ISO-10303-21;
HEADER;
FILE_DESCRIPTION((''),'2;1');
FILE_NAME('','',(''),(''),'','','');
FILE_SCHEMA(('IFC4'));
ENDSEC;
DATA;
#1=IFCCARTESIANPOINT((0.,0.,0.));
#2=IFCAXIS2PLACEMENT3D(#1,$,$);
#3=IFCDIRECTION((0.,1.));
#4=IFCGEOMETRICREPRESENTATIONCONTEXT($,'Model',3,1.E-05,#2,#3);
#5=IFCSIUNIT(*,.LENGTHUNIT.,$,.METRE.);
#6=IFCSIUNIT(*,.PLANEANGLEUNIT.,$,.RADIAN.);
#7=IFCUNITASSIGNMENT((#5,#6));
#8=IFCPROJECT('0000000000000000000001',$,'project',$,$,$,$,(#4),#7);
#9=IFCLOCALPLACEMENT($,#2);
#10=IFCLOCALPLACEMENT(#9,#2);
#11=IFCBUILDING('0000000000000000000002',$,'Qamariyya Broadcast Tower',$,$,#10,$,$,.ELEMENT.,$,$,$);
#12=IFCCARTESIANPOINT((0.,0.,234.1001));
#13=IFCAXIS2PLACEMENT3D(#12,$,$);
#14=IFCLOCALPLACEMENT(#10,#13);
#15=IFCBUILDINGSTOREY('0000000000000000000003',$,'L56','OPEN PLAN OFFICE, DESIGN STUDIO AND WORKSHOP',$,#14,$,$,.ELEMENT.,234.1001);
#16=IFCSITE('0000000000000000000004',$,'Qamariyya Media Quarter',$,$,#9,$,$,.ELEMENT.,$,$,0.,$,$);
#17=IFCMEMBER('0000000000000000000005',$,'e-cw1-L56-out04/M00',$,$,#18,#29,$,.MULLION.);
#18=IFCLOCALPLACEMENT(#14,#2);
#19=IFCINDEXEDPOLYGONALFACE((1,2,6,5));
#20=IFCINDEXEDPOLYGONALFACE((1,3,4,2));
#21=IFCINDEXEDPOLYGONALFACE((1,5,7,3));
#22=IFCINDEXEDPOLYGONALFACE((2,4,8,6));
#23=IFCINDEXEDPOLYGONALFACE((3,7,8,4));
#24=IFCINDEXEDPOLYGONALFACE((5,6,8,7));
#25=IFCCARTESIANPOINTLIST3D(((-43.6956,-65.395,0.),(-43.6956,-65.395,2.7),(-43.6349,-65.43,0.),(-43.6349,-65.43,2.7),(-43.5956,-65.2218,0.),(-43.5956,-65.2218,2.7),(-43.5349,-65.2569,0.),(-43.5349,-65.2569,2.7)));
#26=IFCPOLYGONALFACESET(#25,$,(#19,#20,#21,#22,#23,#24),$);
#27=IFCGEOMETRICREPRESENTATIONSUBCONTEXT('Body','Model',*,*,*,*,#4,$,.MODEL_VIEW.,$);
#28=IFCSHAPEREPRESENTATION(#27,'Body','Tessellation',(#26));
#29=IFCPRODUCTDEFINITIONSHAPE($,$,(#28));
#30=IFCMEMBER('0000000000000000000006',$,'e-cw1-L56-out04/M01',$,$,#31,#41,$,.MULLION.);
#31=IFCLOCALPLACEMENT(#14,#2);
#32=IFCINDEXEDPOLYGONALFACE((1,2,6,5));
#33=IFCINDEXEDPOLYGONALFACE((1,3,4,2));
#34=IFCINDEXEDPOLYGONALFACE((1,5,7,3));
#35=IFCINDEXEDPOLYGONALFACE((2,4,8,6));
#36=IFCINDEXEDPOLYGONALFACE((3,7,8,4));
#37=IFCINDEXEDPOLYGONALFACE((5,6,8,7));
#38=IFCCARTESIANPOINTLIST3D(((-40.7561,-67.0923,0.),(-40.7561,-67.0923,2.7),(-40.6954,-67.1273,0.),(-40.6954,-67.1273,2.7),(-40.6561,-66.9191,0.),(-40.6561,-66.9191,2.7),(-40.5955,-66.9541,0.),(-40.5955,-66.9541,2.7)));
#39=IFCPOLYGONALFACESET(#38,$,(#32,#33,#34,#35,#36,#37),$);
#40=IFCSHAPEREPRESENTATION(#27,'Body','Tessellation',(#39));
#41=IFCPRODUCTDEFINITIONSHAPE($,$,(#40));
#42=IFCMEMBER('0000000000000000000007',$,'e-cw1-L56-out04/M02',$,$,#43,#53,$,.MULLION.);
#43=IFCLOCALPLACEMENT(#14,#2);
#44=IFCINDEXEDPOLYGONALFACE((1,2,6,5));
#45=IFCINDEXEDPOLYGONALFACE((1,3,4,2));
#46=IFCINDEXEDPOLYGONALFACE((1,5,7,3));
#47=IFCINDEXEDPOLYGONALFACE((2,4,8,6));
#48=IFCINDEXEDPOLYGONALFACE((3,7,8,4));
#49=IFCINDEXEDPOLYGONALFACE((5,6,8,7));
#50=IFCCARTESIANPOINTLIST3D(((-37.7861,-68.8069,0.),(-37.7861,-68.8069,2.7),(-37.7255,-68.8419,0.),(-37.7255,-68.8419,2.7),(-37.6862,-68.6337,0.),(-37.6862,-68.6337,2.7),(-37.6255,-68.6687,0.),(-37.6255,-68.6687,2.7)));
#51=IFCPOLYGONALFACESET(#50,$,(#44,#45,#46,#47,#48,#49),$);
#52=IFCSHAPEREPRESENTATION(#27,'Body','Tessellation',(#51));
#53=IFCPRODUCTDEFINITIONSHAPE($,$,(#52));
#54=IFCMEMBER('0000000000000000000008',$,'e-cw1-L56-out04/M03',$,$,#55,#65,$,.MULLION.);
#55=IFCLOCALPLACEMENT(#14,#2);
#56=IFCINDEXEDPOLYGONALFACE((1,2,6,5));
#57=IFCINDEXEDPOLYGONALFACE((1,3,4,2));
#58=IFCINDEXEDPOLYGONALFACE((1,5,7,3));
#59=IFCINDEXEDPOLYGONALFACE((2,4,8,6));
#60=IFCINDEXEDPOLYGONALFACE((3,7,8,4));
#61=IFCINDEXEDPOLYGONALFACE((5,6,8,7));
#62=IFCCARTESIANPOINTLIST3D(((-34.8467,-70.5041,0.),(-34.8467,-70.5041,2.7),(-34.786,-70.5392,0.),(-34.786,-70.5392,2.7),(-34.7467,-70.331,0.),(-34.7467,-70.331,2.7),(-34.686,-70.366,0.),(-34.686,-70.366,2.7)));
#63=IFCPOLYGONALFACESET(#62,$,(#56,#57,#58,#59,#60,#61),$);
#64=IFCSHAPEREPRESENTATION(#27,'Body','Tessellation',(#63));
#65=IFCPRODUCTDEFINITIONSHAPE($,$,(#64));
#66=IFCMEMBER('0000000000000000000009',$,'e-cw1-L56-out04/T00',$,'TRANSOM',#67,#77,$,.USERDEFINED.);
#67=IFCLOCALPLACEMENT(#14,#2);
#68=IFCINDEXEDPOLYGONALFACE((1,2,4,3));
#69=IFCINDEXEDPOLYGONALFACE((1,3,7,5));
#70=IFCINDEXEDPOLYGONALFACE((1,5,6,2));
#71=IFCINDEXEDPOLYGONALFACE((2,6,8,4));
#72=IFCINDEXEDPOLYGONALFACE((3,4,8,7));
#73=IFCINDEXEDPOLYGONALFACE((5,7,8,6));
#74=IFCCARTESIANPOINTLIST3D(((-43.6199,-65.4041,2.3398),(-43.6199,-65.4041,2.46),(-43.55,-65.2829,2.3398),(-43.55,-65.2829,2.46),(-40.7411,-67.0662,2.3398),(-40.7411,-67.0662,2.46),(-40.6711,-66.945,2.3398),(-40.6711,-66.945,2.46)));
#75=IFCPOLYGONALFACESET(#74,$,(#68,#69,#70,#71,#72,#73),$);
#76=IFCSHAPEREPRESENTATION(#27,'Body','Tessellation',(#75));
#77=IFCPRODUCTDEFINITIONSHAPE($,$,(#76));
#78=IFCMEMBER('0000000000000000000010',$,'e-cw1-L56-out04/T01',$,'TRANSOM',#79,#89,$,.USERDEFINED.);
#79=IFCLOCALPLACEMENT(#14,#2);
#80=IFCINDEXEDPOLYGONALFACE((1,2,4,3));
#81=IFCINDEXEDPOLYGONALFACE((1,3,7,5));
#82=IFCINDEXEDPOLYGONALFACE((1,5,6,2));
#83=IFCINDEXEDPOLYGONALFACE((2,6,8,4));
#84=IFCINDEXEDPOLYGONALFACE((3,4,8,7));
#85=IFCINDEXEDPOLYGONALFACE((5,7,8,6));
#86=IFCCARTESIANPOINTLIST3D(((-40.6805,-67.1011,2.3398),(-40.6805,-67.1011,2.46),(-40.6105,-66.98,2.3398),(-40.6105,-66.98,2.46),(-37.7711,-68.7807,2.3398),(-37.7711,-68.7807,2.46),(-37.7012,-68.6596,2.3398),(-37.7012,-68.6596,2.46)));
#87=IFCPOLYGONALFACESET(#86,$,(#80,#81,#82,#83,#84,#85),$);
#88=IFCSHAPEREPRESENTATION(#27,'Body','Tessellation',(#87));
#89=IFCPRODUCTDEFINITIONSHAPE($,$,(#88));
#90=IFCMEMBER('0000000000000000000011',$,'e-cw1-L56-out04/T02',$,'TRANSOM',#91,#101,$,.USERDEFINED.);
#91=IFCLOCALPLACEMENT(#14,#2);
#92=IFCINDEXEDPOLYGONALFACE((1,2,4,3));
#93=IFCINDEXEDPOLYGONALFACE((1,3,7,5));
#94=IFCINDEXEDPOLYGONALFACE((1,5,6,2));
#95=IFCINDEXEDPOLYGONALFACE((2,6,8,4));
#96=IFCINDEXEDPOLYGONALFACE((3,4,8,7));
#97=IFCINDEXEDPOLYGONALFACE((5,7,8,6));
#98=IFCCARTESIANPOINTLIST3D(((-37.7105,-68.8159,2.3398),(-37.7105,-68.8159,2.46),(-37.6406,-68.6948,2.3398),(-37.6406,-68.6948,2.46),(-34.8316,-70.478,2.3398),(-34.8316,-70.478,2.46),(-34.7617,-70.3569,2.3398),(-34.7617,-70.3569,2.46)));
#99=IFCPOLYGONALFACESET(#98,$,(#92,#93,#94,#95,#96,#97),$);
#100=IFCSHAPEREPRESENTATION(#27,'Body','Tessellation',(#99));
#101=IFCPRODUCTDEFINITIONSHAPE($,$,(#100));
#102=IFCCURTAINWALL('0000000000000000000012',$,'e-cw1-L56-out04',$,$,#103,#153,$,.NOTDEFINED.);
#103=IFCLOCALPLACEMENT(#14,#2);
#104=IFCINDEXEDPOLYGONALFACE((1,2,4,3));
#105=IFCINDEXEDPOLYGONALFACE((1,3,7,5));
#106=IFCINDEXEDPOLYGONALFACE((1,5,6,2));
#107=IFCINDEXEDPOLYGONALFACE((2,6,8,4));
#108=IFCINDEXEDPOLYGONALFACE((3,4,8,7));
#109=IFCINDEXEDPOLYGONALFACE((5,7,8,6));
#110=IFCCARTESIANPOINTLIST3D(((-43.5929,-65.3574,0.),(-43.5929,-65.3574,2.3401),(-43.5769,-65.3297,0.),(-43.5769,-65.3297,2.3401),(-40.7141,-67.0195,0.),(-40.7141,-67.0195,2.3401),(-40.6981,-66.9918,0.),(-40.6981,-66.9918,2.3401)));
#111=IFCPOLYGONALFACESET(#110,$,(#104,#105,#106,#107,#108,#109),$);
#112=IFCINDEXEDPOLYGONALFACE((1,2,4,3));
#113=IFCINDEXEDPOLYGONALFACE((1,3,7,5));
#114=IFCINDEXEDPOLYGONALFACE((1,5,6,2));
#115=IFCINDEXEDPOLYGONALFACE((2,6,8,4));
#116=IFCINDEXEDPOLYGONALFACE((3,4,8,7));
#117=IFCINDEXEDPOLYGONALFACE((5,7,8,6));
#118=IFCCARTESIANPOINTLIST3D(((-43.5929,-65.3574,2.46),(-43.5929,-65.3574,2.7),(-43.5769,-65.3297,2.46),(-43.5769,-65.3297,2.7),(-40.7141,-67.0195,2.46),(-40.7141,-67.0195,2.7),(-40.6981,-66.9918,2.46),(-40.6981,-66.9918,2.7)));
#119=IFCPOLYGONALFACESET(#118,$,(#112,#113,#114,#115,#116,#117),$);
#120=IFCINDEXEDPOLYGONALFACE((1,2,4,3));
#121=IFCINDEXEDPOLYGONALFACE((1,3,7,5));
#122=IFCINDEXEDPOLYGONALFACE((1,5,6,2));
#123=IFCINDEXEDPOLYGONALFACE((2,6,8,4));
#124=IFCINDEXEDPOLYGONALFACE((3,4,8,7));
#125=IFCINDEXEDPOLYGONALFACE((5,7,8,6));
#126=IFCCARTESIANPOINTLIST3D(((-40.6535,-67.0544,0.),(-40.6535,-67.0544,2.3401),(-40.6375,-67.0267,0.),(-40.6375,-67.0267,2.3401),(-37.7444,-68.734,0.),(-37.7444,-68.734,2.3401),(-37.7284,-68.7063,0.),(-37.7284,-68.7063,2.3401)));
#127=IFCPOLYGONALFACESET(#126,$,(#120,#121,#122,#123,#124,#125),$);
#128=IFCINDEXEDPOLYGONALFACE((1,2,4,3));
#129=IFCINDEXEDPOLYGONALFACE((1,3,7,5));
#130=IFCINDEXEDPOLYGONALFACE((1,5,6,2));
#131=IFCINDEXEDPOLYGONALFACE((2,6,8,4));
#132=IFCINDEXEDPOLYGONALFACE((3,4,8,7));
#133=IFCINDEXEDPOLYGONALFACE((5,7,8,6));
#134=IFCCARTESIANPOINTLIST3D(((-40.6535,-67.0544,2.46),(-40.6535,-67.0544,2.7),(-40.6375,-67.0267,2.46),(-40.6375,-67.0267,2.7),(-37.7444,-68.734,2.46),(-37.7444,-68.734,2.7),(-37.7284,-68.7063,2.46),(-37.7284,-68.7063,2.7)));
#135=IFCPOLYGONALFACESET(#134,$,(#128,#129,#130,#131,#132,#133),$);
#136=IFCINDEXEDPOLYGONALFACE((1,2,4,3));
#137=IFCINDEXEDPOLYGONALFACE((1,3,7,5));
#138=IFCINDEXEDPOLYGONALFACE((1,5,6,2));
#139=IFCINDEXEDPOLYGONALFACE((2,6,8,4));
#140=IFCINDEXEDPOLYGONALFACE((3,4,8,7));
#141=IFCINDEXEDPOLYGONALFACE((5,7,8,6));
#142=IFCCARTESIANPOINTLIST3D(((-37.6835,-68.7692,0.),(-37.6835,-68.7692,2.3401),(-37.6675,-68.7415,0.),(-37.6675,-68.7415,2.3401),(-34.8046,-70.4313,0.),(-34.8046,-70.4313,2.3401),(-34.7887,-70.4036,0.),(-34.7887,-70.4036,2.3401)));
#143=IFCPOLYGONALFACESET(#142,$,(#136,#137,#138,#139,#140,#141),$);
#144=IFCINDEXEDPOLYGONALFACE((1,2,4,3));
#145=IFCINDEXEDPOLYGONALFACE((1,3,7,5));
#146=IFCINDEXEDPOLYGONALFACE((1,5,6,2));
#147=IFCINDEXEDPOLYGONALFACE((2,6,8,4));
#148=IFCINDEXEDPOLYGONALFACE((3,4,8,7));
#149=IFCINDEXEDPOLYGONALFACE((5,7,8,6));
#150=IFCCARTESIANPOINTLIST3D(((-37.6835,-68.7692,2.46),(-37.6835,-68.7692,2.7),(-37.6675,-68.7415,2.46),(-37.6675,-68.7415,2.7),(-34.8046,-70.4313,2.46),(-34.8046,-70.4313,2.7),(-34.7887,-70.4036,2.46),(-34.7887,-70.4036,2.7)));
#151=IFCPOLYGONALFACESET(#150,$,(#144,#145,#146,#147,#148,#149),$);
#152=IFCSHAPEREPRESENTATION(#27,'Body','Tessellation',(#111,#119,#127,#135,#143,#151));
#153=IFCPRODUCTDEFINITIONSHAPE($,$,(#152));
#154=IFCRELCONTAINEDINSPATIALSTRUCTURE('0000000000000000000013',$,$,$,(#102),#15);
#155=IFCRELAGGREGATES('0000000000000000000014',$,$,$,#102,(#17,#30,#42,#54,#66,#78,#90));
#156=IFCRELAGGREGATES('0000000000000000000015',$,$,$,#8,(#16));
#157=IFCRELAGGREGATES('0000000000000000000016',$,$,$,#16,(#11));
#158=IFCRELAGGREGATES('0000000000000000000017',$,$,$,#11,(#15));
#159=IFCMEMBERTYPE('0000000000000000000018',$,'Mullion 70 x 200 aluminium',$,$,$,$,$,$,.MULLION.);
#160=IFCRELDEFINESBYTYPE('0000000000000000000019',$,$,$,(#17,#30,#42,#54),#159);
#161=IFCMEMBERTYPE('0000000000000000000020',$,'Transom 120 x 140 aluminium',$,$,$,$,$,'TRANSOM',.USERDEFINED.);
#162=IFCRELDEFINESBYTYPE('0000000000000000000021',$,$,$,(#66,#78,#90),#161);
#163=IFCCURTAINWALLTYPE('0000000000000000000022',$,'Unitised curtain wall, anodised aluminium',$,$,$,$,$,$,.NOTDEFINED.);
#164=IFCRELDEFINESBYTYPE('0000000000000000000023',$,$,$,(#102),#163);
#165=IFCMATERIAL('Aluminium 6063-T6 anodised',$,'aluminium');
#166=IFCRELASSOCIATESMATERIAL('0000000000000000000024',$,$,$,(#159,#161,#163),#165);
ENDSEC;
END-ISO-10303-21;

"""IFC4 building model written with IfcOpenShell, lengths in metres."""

from ifc_helpers import new_model, si_unit, direction, frame, origin, origin_2d, place, context, subcontext, project, spatial, rectangle, extrude, material, material_profile, profile_set, type_object, element, aggregate, save


model = new_model("IFC4")

# Units and contexts
model_context = context("Model", 3, precision=1e-05, world=origin(), true_north=direction((0.0, 1.0)))
body_context = subcontext(model_context, "Body", "Model", "MODEL_VIEW")
ifc_project = project(units=[si_unit("LENGTHUNIT", "METRE"), si_unit("PLANEANGLEUNIT", "RADIAN")], contexts=[model_context])

# Members
ifc_material = material(Name="Aluminium 6063-T6 anodised", Category="aluminium")
ifc_material_profile_1 = material_profile(ifc_material, rectangle(XDim=0.2, YDim=0.0701, at=origin_2d()))
ifc_profile_set_1 = profile_set([ifc_material_profile_1], Name="Aluminium 6063-T6 anodised")
member_type_1 = type_object("IfcMemberType", Name="Mullion 70 x 200 aluminium", PredefinedType="MULLION", material=ifc_profile_set_1)
site_placement = place(None, origin())
building_placement = place(site_placement, origin())
storey_placement = place(building_placement, frame((0.0, 0.0, 234.1001)))
member_1_placement = place(storey_placement, frame((-43.6152, -65.3259, 0.0), z_axis=(0.0, 0.0, 1.0), x_axis=(0.5, 0.866025, 0.0)))
member_1 = element("IfcMember", 1, at=member_1_placement, type_object=member_type_1, Name="e-cw1-L56-out04/M00", PredefinedType="MULLION", context=body_context, shape_type="SweptSolid", body=[
    extrude(rectangle(XDim=0.2, YDim=0.0701, at=origin_2d()), origin(), (0.0, 0.0, 1.0), 2.7),
])
member_2_placement = place(storey_placement, frame((-40.6758, -67.0232, 0.0), z_axis=(0.0, 0.0, 1.0), x_axis=(0.5, 0.866025, 0.0)))
member_2 = element("IfcMember", 2, at=member_2_placement, type_object=member_type_1, Name="e-cw1-L56-out04/M01", PredefinedType="MULLION", context=body_context, shape_type="SweptSolid", body=[
    extrude(rectangle(XDim=0.2, YDim=0.0701, at=origin_2d()), origin(), (0.0, 0.0, 1.0), 2.7),
])
member_3_placement = place(storey_placement, frame((-37.7058, -68.7378, 0.0), z_axis=(0.0, 0.0, 1.0), x_axis=(0.5, 0.866025, 0.0)))
member_3 = element("IfcMember", 3, at=member_3_placement, type_object=member_type_1, Name="e-cw1-L56-out04/M02", PredefinedType="MULLION", context=body_context, shape_type="SweptSolid", body=[
    extrude(rectangle(XDim=0.2, YDim=0.0701, at=origin_2d()), origin(), (0.0, 0.0, 1.0), 2.7),
])
member_4_placement = place(storey_placement, frame((-34.7664, -70.4351, 0.0), z_axis=(0.0, 0.0, 1.0), x_axis=(0.5, 0.866025, 0.0)))
member_4 = element("IfcMember", 4, at=member_4_placement, type_object=member_type_1, Name="e-cw1-L56-out04/M03", PredefinedType="MULLION", context=body_context, shape_type="SweptSolid", body=[
    extrude(rectangle(XDim=0.2, YDim=0.0701, at=origin_2d()), origin(), (0.0, 0.0, 1.0), 2.7),
])
ifc_material_profile_2 = material_profile(ifc_material, rectangle(XDim=0.1399, YDim=0.1201, at=origin_2d()))
ifc_profile_set_2 = profile_set([ifc_material_profile_2], Name="Aluminium 6063-T6 anodised")
member_type_2 = type_object("IfcMemberType", Name="Transom 120 x 140 aluminium", ElementType="TRANSOM", PredefinedType="USERDEFINED", material=ifc_profile_set_2)
member_5_placement = place(storey_placement, frame((-43.585, -65.3435, 2.3999), z_axis=(0.866029, -0.499994, 0.0), x_axis=(0.499994, 0.866029, 0.0)))
member_5 = element("IfcMember", 5, at=member_5_placement, type_object=member_type_2, Name="e-cw1-L56-out04/T00", ObjectType="TRANSOM", PredefinedType="USERDEFINED", context=body_context, shape_type="SweptSolid", body=[
    extrude(rectangle(XDim=0.1399, YDim=0.1201, at=origin_2d()), origin(), (0.0, 0.0, 1.0), 3.3242),
])
member_6_placement = place(storey_placement, frame((-40.6455, -67.0405, 2.3999), z_axis=(0.866034, -0.499985, 0.0), x_axis=(0.499985, 0.866034, 0.0)))
member_6 = element("IfcMember", 6, at=member_6_placement, type_object=member_type_2, Name="e-cw1-L56-out04/T01", ObjectType="TRANSOM", PredefinedType="USERDEFINED", context=body_context, shape_type="SweptSolid", body=[
    extrude(rectangle(XDim=0.1399, YDim=0.1201, at=origin_2d()), origin(), (0.0, 0.0, 1.0), 3.3594),
])
member_7_placement = place(storey_placement, frame((-37.6755, -68.7554, 2.3999), z_axis=(0.866029, -0.499994, 0.0), x_axis=(0.499994, 0.866029, 0.0)))
member_7 = element("IfcMember", 7, at=member_7_placement, type_object=member_type_2, Name="e-cw1-L56-out04/T02", ObjectType="TRANSOM", PredefinedType="USERDEFINED", context=body_context, shape_type="SweptSolid", body=[
    extrude(rectangle(XDim=0.1399, YDim=0.1201, at=origin_2d()), origin(), (0.0, 0.0, 1.0), 3.3242),
])

# Site, building, storey
site = spatial("IfcSite", under=ifc_project, at=site_placement, Name="Qamariyya Media Quarter", CompositionType="ELEMENT", RefElevation=0.0)
building = spatial("IfcBuilding", under=site, at=building_placement, Name="Qamariyya Broadcast Tower", CompositionType="ELEMENT")
storey = spatial("IfcBuildingStorey", under=building, at=storey_placement, Name="L56", Description="OPEN PLAN OFFICE, DESIGN STUDIO AND WORKSHOP", CompositionType="ELEMENT", Elevation=234.1001)

# Curtain wall
curtain_wall_type = type_object("IfcCurtainWallType", Name="Unitised curtain wall, anodised aluminium", PredefinedType="NOTDEFINED", material=ifc_material)
curtain_wall_1_placement = place(storey_placement, origin())
curtain_wall_1 = element("IfcCurtainWall", 8, at=curtain_wall_1_placement, inside=storey, type_object=curtain_wall_type, Name="e-cw1-L56-out04", PredefinedType="NOTDEFINED", context=body_context, shape_type="SweptSolid", body=[
    extrude(rectangle(XDim=3.3242, YDim=0.032, at=origin_2d()), frame((-42.1455, -66.1746, 0.0), x_axis=(0.866028, -0.499996, 0.0)), (0.0, 0.0, 1.0), 2.3401),
    extrude(rectangle(XDim=3.3242, YDim=0.032, at=origin_2d()), frame((-42.1455, -66.1746, 2.46), x_axis=(0.866028, -0.499996, 0.0)), (0.0, 0.0, 1.0), 0.24),
    extrude(rectangle(XDim=3.3591, YDim=0.032, at=origin_2d()), frame((-39.1909, -67.8804, 0.0), x_axis=(0.866028, -0.499996, 0.0)), (0.0, 0.0, 1.0), 2.3401),
    extrude(rectangle(XDim=3.3591, YDim=0.032, at=origin_2d()), frame((-39.1909, -67.8804, 2.46), x_axis=(0.866028, -0.499996, 0.0)), (0.0, 0.0, 1.0), 0.24),
    extrude(rectangle(XDim=3.3242, YDim=0.032, at=origin_2d()), frame((-36.2361, -69.5864, 0.0), x_axis=(0.866028, -0.499996, 0.0)), (0.0, 0.0, 1.0), 2.3401),
    extrude(rectangle(XDim=3.3242, YDim=0.032, at=origin_2d()), frame((-36.2361, -69.5864, 2.46), x_axis=(0.866028, -0.499996, 0.0)), (0.0, 0.0, 1.0), 0.24),
])
aggregate(curtain_wall_1, [member_1, member_2, member_3, member_4, member_5, member_6, member_7])

save(model, "model.ifc")
